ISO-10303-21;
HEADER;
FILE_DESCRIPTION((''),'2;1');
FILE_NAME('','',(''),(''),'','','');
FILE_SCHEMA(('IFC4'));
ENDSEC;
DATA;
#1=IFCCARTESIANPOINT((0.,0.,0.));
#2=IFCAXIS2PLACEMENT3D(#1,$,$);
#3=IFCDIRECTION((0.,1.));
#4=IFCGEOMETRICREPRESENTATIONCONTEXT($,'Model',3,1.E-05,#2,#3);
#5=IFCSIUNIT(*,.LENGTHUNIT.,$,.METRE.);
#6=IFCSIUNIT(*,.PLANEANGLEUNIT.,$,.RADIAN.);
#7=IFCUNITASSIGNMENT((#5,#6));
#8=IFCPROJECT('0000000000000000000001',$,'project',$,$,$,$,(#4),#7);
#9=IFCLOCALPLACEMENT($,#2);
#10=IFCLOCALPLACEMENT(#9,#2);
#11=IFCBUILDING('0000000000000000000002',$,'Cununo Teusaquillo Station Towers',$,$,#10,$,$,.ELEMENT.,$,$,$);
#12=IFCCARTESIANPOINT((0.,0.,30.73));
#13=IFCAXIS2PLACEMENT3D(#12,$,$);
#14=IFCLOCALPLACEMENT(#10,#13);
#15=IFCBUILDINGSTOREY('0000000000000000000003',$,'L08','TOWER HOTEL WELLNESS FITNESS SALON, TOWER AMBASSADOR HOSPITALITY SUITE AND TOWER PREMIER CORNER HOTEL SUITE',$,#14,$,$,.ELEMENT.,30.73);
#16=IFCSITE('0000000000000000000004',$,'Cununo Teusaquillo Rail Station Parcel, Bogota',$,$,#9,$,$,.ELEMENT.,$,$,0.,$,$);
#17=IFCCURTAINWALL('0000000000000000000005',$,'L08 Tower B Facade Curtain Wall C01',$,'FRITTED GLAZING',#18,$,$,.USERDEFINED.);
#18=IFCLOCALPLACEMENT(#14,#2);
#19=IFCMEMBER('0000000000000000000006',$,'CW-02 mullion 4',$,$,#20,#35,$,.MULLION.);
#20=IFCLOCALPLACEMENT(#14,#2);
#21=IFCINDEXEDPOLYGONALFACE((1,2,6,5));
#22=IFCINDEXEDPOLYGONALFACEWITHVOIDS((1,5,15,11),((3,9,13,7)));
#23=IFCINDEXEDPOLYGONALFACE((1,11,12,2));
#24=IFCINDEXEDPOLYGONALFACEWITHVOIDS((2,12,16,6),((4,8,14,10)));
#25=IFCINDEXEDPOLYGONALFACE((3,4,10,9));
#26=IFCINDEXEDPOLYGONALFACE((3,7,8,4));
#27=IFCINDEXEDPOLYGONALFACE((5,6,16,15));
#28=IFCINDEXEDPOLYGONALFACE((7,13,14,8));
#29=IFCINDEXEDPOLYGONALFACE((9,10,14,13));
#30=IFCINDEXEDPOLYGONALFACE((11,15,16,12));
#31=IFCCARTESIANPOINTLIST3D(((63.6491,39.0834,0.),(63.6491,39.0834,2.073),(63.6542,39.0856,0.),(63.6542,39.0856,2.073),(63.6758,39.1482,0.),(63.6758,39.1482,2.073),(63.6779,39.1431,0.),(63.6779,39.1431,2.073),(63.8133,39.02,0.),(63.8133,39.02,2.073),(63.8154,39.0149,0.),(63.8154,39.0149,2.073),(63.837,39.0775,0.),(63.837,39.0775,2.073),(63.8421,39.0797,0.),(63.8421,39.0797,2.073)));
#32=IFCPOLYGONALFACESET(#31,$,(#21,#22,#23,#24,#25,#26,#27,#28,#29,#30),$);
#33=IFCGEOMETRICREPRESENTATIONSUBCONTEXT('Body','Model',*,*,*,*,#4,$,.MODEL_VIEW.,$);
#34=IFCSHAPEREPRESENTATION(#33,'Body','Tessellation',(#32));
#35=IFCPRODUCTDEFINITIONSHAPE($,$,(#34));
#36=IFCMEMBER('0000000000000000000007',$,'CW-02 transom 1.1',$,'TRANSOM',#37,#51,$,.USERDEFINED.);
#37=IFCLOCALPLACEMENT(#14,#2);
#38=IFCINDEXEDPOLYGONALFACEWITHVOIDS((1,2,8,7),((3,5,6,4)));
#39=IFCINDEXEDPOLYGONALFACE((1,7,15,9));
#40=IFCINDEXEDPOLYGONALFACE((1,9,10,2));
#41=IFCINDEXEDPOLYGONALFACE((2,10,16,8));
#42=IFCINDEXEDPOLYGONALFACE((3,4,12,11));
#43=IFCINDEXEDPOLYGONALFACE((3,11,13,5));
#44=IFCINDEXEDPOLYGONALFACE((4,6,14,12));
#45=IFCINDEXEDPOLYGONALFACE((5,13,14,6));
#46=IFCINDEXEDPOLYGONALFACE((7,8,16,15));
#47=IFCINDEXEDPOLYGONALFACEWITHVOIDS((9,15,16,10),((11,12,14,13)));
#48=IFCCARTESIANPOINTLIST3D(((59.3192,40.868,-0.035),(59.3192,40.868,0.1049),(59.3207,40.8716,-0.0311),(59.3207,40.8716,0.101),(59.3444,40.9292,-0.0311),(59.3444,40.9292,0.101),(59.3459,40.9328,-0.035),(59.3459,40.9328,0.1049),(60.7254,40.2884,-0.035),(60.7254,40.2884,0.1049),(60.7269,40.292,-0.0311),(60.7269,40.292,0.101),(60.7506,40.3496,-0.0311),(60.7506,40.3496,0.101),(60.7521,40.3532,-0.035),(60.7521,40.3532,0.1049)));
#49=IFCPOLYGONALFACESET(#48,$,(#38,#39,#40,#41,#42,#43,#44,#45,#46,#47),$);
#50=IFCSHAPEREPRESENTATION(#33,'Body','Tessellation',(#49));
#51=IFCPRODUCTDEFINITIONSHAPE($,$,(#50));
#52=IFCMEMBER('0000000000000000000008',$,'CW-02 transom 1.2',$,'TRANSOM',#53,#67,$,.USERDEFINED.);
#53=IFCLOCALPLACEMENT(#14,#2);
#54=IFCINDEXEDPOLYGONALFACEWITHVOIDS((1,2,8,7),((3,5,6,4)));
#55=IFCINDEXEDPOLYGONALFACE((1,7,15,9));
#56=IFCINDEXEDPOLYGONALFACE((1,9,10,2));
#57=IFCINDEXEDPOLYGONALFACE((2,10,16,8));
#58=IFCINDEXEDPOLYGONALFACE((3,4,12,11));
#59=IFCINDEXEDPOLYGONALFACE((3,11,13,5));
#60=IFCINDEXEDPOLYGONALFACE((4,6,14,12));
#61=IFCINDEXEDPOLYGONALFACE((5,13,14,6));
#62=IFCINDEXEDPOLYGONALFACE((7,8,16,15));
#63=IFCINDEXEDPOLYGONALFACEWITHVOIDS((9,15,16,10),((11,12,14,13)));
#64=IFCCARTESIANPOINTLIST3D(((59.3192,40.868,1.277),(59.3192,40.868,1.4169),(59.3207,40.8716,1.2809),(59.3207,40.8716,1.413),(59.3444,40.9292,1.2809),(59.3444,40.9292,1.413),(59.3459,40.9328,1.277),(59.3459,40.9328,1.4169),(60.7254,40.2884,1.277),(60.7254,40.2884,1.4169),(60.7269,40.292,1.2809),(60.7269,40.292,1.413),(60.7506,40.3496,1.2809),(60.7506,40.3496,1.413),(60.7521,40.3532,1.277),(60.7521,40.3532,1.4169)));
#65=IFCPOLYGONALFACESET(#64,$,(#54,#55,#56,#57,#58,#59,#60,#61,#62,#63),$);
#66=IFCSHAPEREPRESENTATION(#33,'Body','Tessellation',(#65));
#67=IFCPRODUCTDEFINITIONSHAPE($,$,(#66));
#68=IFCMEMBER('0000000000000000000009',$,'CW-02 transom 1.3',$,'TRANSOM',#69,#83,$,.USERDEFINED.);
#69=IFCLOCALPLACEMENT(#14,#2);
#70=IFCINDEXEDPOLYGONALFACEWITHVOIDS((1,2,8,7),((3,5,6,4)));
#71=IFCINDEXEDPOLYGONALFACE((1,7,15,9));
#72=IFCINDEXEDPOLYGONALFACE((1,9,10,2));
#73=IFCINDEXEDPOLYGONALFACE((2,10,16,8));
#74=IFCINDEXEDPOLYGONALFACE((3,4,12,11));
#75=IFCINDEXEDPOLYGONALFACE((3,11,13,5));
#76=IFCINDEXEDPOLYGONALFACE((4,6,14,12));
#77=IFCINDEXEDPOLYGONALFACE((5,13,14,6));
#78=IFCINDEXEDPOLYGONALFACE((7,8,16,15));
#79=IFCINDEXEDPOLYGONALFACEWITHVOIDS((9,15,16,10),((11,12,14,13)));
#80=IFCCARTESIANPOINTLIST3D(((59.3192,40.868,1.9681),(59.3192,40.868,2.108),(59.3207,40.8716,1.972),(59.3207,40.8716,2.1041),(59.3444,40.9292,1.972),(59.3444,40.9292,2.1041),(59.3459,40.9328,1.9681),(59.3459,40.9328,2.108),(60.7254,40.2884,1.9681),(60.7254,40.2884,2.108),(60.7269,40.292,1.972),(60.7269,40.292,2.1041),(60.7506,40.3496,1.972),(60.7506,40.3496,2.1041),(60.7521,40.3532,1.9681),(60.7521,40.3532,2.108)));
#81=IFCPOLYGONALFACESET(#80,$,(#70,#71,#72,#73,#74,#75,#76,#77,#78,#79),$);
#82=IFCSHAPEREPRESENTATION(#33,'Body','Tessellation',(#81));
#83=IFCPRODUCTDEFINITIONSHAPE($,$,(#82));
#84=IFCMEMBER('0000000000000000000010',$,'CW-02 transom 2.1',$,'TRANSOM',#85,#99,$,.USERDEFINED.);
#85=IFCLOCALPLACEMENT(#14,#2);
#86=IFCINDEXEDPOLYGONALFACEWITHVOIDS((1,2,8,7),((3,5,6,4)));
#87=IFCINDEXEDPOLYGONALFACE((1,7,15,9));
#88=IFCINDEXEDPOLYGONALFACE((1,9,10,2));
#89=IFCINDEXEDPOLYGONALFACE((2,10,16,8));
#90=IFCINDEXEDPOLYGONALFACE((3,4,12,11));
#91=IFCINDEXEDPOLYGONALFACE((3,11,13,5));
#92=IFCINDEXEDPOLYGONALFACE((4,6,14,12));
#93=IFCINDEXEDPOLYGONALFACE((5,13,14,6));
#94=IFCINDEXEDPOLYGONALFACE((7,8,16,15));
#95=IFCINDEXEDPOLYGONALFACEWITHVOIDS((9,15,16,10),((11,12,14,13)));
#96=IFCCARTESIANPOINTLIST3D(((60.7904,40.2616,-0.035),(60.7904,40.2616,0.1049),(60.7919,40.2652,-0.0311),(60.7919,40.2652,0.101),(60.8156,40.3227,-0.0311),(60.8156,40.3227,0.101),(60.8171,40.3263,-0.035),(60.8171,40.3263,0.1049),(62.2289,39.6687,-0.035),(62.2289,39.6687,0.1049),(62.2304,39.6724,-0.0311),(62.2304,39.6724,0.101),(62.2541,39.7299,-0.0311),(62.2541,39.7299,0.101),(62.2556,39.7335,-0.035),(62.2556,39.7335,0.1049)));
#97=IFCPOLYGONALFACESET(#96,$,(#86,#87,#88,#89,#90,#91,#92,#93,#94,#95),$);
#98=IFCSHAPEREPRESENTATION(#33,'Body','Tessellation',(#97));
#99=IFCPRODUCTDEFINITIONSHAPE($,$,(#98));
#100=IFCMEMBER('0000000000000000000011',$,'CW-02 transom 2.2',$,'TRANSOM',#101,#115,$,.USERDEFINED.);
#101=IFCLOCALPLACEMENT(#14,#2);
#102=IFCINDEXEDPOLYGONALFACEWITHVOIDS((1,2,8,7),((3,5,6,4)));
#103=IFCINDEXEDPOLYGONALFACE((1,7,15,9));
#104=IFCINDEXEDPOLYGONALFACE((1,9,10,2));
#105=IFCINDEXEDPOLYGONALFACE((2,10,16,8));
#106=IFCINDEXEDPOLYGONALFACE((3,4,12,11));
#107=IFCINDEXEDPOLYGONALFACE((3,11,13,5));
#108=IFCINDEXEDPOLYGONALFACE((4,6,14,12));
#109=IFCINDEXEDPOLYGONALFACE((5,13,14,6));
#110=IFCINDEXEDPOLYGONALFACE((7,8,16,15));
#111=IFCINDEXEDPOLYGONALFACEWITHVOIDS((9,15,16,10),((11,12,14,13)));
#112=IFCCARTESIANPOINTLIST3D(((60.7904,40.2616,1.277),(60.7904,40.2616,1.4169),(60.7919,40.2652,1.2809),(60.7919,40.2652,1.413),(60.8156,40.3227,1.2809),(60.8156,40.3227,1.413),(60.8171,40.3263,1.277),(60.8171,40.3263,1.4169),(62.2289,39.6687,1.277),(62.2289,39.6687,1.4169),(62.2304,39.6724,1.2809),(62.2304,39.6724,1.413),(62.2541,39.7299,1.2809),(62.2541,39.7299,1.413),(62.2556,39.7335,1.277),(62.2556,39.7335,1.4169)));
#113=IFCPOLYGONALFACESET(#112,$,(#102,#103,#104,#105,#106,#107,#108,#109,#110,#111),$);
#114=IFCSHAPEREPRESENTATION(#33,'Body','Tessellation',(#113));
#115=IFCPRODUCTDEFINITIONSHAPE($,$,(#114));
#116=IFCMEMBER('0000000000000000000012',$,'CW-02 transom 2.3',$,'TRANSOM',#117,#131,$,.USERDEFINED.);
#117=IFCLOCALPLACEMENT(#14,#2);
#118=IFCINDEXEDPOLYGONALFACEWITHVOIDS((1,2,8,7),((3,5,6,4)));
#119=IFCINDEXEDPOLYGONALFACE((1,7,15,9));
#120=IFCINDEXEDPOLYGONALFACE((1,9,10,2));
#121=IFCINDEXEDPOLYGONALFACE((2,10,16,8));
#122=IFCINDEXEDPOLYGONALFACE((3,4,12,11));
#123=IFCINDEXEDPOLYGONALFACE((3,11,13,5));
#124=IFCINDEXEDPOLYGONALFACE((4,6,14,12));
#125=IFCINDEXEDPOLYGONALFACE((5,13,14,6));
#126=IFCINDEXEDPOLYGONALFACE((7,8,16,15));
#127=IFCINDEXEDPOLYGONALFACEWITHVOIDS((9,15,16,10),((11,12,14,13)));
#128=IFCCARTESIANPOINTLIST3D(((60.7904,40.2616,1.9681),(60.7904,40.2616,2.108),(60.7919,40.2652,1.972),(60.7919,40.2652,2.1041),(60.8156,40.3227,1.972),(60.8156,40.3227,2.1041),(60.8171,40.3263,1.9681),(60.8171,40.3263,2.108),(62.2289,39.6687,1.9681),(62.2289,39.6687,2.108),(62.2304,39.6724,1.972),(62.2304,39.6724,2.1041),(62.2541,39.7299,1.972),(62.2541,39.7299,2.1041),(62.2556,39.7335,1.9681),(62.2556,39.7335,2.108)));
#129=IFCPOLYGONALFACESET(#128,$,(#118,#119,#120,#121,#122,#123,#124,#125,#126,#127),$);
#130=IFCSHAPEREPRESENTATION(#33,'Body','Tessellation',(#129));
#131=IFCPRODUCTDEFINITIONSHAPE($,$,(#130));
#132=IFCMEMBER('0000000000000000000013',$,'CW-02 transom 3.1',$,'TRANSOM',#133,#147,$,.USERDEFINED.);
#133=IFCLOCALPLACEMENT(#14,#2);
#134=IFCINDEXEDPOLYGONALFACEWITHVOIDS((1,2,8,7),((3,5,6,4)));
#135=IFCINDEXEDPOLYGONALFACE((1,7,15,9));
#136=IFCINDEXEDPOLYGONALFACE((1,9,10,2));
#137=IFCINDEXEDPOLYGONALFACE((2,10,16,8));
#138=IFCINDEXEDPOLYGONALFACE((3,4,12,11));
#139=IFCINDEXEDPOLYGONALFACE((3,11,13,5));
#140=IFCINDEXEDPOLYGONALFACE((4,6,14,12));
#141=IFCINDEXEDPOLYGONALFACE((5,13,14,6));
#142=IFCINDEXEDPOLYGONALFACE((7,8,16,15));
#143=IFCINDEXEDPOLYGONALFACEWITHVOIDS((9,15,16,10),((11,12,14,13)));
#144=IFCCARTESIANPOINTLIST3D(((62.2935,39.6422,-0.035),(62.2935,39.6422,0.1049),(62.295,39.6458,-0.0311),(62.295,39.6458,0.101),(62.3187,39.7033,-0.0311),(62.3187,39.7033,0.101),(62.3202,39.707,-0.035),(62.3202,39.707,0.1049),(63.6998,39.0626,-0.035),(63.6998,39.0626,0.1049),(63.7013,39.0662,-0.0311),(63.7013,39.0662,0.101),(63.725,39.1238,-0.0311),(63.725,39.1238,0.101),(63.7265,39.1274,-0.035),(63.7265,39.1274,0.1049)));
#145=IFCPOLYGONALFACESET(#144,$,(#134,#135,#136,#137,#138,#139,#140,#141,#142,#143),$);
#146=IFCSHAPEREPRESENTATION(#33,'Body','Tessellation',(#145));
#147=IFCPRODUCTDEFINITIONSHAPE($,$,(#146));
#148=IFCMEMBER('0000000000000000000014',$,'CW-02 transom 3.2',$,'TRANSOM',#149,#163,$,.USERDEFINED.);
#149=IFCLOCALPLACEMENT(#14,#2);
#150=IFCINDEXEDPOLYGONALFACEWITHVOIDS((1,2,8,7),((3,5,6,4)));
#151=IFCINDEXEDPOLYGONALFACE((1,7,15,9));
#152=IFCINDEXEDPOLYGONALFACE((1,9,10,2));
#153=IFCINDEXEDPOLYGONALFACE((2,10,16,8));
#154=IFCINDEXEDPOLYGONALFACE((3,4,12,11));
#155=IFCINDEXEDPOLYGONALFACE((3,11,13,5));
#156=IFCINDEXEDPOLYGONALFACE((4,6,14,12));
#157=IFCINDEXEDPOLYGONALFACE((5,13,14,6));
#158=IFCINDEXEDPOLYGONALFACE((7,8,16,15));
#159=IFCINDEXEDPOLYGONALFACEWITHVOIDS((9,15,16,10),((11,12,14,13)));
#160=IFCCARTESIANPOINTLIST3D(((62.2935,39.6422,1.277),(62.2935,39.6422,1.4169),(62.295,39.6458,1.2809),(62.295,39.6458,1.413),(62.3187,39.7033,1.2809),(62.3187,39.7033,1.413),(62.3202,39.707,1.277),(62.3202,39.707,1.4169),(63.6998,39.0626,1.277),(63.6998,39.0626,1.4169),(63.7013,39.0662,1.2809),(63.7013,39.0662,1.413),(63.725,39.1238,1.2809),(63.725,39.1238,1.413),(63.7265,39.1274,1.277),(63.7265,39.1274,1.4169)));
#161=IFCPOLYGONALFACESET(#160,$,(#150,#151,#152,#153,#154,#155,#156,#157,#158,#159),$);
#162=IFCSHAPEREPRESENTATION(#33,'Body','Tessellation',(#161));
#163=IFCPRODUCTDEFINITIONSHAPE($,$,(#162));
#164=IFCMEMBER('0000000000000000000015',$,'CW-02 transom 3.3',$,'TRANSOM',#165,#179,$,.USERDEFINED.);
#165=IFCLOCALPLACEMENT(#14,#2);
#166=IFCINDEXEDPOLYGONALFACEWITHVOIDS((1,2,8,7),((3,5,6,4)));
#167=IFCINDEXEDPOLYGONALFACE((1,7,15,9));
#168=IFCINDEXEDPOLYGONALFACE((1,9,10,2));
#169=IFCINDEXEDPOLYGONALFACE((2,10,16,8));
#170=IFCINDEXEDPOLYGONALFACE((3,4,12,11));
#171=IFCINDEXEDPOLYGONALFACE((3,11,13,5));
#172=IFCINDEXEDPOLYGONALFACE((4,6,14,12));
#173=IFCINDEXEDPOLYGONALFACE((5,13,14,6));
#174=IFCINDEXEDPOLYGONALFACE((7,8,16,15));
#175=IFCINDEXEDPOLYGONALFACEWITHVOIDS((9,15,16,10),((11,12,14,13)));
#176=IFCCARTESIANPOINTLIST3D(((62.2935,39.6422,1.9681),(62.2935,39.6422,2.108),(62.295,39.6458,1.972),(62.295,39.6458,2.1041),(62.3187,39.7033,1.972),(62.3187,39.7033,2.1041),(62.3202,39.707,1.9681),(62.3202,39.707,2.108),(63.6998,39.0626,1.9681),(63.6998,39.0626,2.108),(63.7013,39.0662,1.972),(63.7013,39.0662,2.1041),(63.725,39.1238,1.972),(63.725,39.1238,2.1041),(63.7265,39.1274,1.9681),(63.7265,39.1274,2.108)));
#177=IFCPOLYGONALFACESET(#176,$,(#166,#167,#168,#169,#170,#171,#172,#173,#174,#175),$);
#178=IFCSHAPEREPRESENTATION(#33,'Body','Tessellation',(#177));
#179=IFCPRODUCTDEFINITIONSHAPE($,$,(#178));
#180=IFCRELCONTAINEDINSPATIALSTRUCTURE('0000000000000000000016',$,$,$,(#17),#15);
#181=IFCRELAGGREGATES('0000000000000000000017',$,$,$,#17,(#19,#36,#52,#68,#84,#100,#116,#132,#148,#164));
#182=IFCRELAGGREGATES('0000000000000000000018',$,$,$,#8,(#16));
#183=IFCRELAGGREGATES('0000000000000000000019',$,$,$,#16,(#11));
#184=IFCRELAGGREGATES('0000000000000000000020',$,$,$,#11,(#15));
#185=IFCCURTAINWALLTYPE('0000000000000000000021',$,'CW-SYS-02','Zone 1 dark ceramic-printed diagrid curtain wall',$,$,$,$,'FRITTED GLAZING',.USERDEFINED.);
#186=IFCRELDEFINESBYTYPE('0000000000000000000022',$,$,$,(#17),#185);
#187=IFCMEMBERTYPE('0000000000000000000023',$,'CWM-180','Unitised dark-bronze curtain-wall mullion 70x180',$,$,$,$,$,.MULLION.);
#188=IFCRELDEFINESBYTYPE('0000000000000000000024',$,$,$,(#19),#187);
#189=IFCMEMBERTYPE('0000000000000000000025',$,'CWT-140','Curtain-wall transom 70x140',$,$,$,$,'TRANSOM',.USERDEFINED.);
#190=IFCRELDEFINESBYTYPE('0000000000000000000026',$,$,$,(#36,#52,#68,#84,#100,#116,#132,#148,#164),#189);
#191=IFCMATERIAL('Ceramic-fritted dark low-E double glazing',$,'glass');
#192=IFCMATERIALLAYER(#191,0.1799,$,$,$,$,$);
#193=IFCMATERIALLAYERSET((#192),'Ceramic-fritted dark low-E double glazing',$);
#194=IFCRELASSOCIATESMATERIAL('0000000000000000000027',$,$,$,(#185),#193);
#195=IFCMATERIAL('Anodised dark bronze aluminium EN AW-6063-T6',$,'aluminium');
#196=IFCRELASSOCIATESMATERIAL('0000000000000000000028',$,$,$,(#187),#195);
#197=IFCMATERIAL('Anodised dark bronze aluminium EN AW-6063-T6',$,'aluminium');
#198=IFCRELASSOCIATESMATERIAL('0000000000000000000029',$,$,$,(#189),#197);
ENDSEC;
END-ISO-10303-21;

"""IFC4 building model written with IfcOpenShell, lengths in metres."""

from ifc_helpers import new_model, si_unit, direction, frame, origin, origin_2d, place, context, subcontext, project, spatial, hollow_rectangle, extrude, material, layer, layer_set, material_profile, profile_set, type_object, element, aggregate, save


model = new_model("IFC4")

# Units and contexts
model_context = context("Model", 3, precision=1e-05, world=origin(), true_north=direction((0.0, 1.0)))
body_context = subcontext(model_context, "Body", "Model", "MODEL_VIEW")
ifc_project = project(units=[si_unit("LENGTHUNIT", "METRE"), si_unit("PLANEANGLEUNIT", "RADIAN")], contexts=[model_context])

# Site, building, storey
site_placement = place(None, origin())
site = spatial("IfcSite", under=ifc_project, at=site_placement, Name="Cununo Teusaquillo Rail Station Parcel, Bogota", CompositionType="ELEMENT", RefElevation=0.0)
building_placement = place(site_placement, origin())
building = spatial("IfcBuilding", under=site, at=building_placement, Name="Cununo Teusaquillo Station Towers", CompositionType="ELEMENT")
storey_placement = place(building_placement, frame((0.0, 0.0, 30.73)))
storey = spatial("IfcBuildingStorey", under=building, at=storey_placement, Name="L08", Description="TOWER HOTEL WELLNESS FITNESS SALON, TOWER AMBASSADOR HOSPITALITY SUITE AND TOWER PREMIER CORNER HOTEL SUITE", CompositionType="ELEMENT", Elevation=30.73)

# Curtain wall, members
ifc_material_1 = material(Name="Ceramic-fritted dark low-E double glazing", Category="glass")
ifc_layer_1 = layer(ifc_material_1, 0.1799)
ifc_layer_set_1 = layer_set([ifc_layer_1], Name="Ceramic-fritted dark low-E double glazing")
curtain_wall_type = type_object("IfcCurtainWallType", Name="CW-SYS-02", Description="Zone 1 dark ceramic-printed diagrid curtain wall", ElementType="FRITTED GLAZING", PredefinedType="USERDEFINED", material=ifc_layer_set_1)
curtain_wall_placement = place(storey_placement, origin())
curtain_wall = element("IfcCurtainWall", 1, at=curtain_wall_placement, inside=storey, type_object=curtain_wall_type, Name="L08 Tower B Facade Curtain Wall C01", ObjectType="FRITTED GLAZING", PredefinedType="USERDEFINED")
ifc_material_2 = material(Name="Anodised dark bronze aluminium EN AW-6063-T6", Category="aluminium")
ifc_material_profile_1 = material_profile(ifc_material_2, hollow_rectangle(XDim=0.0701, YDim=0.1799, WallThickness=0.0039, at=origin_2d()), Name="CW-MULL-70x180")
ifc_profile_set_1 = profile_set([ifc_material_profile_1], Name="Anodised dark bronze aluminium EN AW-6063-T6")
member_type_1 = type_object("IfcMemberType", Name="CWM-180", Description="Unitised dark-bronze curtain-wall mullion 70x180", PredefinedType="MULLION", material=ifc_profile_set_1)
member_1_placement = place(storey_placement, frame((63.7456, 39.0815, 0.0), z_axis=(0.0, 0.0, 1.0), x_axis=(0.381055, 0.924552, 0.0)))
member_1 = element("IfcMember", 2, at=member_1_placement, type_object=member_type_1, Name="CW-02 mullion 4", PredefinedType="MULLION", context=body_context, shape_type="SweptSolid", body=[
    extrude(hollow_rectangle(XDim=0.0701, YDim=0.1799, WallThickness=0.0039, at=origin_2d()), origin(), (0.0, 0.0, 1.0), 2.073),
])
ifc_material_3 = material(Name="Anodised dark bronze aluminium EN AW-6063-T6", Category="aluminium")
ifc_material_profile_2 = material_profile(ifc_material_3, hollow_rectangle(XDim=0.0701, YDim=0.1399, WallThickness=0.0039, at=origin_2d()), Name="CW-TRAN-70x140")
ifc_profile_set_2 = profile_set([ifc_material_profile_2], Name="Anodised dark bronze aluminium EN AW-6063-T6")
member_type_2 = type_object("IfcMemberType", Name="CWT-140", Description="Curtain-wall transom 70x140", ElementType="TRANSOM", PredefinedType="USERDEFINED", material=ifc_profile_set_2)
member_2_placement = place(storey_placement, frame((59.3325, 40.9004, 0.0349), z_axis=(0.924552, -0.381057, 0.0), x_axis=(0.381057, 0.924552, 0.0)))
member_2 = element("IfcMember", 3, at=member_2_placement, type_object=member_type_2, Name="CW-02 transom 1.1", ObjectType="TRANSOM", PredefinedType="USERDEFINED", context=body_context, shape_type="SweptSolid", body=[
    extrude(hollow_rectangle(XDim=0.0701, YDim=0.1399, WallThickness=0.0039, at=origin_2d()), origin(), (0.0, 0.0, 1.0), 1.521),
])
member_3_placement = place(storey_placement, frame((59.3325, 40.9004, 1.3469), z_axis=(0.924552, -0.381057, 0.0), x_axis=(0.381057, 0.924552, 0.0)))
member_3 = element("IfcMember", 4, at=member_3_placement, type_object=member_type_2, Name="CW-02 transom 1.2", ObjectType="TRANSOM", PredefinedType="USERDEFINED", context=body_context, shape_type="SweptSolid", body=[
    extrude(hollow_rectangle(XDim=0.0701, YDim=0.1399, WallThickness=0.0039, at=origin_2d()), origin(), (0.0, 0.0, 1.0), 1.521),
])
member_4_placement = place(storey_placement, frame((59.3325, 40.9004, 2.0381), z_axis=(0.924552, -0.381057, 0.0), x_axis=(0.381057, 0.924552, 0.0)))
member_4 = element("IfcMember", 5, at=member_4_placement, type_object=member_type_2, Name="CW-02 transom 1.3", ObjectType="TRANSOM", PredefinedType="USERDEFINED", context=body_context, shape_type="SweptSolid", body=[
    extrude(hollow_rectangle(XDim=0.0701, YDim=0.1399, WallThickness=0.0039, at=origin_2d()), origin(), (0.0, 0.0, 1.0), 1.521),
])
member_5_placement = place(storey_placement, frame((60.8037, 40.2939, 0.0349), z_axis=(0.924574, -0.381002, 0.0), x_axis=(0.381002, 0.924574, 0.0)))
member_5 = element("IfcMember", 6, at=member_5_placement, type_object=member_type_2, Name="CW-02 transom 2.1", ObjectType="TRANSOM", PredefinedType="USERDEFINED", context=body_context, shape_type="SweptSolid", body=[
    extrude(hollow_rectangle(XDim=0.0701, YDim=0.1399, WallThickness=0.0039, at=origin_2d()), origin(), (0.0, 0.0, 1.0), 1.5559),
])
member_6_placement = place(storey_placement, frame((60.8037, 40.2939, 1.3469), z_axis=(0.924574, -0.381002, 0.0), x_axis=(0.381002, 0.924574, 0.0)))
member_6 = element("IfcMember", 7, at=member_6_placement, type_object=member_type_2, Name="CW-02 transom 2.2", ObjectType="TRANSOM", PredefinedType="USERDEFINED", context=body_context, shape_type="SweptSolid", body=[
    extrude(hollow_rectangle(XDim=0.0701, YDim=0.1399, WallThickness=0.0039, at=origin_2d()), origin(), (0.0, 0.0, 1.0), 1.5559),
])
member_7_placement = place(storey_placement, frame((60.8037, 40.2939, 2.0381), z_axis=(0.924574, -0.381002, 0.0), x_axis=(0.381002, 0.924574, 0.0)))
member_7 = element("IfcMember", 8, at=member_7_placement, type_object=member_type_2, Name="CW-02 transom 2.3", ObjectType="TRANSOM", PredefinedType="USERDEFINED", context=body_context, shape_type="SweptSolid", body=[
    extrude(hollow_rectangle(XDim=0.0701, YDim=0.1399, WallThickness=0.0039, at=origin_2d()), origin(), (0.0, 0.0, 1.0), 1.5559),
])
member_8_placement = place(storey_placement, frame((62.3069, 39.6746, 0.0349), z_axis=(0.924552, -0.381057, 0.0), x_axis=(0.381057, 0.924552, 0.0)))
member_8 = element("IfcMember", 9, at=member_8_placement, type_object=member_type_2, Name="CW-02 transom 3.1", ObjectType="TRANSOM", PredefinedType="USERDEFINED", context=body_context, shape_type="SweptSolid", body=[
    extrude(hollow_rectangle(XDim=0.0701, YDim=0.1399, WallThickness=0.0039, at=origin_2d()), origin(), (0.0, 0.0, 1.0), 1.521),
])
member_9_placement = place(storey_placement, frame((62.3069, 39.6746, 1.3469), z_axis=(0.924552, -0.381057, 0.0), x_axis=(0.381057, 0.924552, 0.0)))
member_9 = element("IfcMember", 10, at=member_9_placement, type_object=member_type_2, Name="CW-02 transom 3.2", ObjectType="TRANSOM", PredefinedType="USERDEFINED", context=body_context, shape_type="SweptSolid", body=[
    extrude(hollow_rectangle(XDim=0.0701, YDim=0.1399, WallThickness=0.0039, at=origin_2d()), origin(), (0.0, 0.0, 1.0), 1.521),
])
member_10_placement = place(storey_placement, frame((62.3069, 39.6746, 2.0381), z_axis=(0.924552, -0.381057, 0.0), x_axis=(0.381057, 0.924552, 0.0)))
member_10 = element("IfcMember", 11, at=member_10_placement, type_object=member_type_2, Name="CW-02 transom 3.3", ObjectType="TRANSOM", PredefinedType="USERDEFINED", context=body_context, shape_type="SweptSolid", body=[
    extrude(hollow_rectangle(XDim=0.0701, YDim=0.1399, WallThickness=0.0039, at=origin_2d()), origin(), (0.0, 0.0, 1.0), 1.521),
])

aggregate(curtain_wall, [member_1, member_2, member_3, member_4, member_5, member_6, member_7, member_8, member_9, member_10])

save(model, "model.ifc")
